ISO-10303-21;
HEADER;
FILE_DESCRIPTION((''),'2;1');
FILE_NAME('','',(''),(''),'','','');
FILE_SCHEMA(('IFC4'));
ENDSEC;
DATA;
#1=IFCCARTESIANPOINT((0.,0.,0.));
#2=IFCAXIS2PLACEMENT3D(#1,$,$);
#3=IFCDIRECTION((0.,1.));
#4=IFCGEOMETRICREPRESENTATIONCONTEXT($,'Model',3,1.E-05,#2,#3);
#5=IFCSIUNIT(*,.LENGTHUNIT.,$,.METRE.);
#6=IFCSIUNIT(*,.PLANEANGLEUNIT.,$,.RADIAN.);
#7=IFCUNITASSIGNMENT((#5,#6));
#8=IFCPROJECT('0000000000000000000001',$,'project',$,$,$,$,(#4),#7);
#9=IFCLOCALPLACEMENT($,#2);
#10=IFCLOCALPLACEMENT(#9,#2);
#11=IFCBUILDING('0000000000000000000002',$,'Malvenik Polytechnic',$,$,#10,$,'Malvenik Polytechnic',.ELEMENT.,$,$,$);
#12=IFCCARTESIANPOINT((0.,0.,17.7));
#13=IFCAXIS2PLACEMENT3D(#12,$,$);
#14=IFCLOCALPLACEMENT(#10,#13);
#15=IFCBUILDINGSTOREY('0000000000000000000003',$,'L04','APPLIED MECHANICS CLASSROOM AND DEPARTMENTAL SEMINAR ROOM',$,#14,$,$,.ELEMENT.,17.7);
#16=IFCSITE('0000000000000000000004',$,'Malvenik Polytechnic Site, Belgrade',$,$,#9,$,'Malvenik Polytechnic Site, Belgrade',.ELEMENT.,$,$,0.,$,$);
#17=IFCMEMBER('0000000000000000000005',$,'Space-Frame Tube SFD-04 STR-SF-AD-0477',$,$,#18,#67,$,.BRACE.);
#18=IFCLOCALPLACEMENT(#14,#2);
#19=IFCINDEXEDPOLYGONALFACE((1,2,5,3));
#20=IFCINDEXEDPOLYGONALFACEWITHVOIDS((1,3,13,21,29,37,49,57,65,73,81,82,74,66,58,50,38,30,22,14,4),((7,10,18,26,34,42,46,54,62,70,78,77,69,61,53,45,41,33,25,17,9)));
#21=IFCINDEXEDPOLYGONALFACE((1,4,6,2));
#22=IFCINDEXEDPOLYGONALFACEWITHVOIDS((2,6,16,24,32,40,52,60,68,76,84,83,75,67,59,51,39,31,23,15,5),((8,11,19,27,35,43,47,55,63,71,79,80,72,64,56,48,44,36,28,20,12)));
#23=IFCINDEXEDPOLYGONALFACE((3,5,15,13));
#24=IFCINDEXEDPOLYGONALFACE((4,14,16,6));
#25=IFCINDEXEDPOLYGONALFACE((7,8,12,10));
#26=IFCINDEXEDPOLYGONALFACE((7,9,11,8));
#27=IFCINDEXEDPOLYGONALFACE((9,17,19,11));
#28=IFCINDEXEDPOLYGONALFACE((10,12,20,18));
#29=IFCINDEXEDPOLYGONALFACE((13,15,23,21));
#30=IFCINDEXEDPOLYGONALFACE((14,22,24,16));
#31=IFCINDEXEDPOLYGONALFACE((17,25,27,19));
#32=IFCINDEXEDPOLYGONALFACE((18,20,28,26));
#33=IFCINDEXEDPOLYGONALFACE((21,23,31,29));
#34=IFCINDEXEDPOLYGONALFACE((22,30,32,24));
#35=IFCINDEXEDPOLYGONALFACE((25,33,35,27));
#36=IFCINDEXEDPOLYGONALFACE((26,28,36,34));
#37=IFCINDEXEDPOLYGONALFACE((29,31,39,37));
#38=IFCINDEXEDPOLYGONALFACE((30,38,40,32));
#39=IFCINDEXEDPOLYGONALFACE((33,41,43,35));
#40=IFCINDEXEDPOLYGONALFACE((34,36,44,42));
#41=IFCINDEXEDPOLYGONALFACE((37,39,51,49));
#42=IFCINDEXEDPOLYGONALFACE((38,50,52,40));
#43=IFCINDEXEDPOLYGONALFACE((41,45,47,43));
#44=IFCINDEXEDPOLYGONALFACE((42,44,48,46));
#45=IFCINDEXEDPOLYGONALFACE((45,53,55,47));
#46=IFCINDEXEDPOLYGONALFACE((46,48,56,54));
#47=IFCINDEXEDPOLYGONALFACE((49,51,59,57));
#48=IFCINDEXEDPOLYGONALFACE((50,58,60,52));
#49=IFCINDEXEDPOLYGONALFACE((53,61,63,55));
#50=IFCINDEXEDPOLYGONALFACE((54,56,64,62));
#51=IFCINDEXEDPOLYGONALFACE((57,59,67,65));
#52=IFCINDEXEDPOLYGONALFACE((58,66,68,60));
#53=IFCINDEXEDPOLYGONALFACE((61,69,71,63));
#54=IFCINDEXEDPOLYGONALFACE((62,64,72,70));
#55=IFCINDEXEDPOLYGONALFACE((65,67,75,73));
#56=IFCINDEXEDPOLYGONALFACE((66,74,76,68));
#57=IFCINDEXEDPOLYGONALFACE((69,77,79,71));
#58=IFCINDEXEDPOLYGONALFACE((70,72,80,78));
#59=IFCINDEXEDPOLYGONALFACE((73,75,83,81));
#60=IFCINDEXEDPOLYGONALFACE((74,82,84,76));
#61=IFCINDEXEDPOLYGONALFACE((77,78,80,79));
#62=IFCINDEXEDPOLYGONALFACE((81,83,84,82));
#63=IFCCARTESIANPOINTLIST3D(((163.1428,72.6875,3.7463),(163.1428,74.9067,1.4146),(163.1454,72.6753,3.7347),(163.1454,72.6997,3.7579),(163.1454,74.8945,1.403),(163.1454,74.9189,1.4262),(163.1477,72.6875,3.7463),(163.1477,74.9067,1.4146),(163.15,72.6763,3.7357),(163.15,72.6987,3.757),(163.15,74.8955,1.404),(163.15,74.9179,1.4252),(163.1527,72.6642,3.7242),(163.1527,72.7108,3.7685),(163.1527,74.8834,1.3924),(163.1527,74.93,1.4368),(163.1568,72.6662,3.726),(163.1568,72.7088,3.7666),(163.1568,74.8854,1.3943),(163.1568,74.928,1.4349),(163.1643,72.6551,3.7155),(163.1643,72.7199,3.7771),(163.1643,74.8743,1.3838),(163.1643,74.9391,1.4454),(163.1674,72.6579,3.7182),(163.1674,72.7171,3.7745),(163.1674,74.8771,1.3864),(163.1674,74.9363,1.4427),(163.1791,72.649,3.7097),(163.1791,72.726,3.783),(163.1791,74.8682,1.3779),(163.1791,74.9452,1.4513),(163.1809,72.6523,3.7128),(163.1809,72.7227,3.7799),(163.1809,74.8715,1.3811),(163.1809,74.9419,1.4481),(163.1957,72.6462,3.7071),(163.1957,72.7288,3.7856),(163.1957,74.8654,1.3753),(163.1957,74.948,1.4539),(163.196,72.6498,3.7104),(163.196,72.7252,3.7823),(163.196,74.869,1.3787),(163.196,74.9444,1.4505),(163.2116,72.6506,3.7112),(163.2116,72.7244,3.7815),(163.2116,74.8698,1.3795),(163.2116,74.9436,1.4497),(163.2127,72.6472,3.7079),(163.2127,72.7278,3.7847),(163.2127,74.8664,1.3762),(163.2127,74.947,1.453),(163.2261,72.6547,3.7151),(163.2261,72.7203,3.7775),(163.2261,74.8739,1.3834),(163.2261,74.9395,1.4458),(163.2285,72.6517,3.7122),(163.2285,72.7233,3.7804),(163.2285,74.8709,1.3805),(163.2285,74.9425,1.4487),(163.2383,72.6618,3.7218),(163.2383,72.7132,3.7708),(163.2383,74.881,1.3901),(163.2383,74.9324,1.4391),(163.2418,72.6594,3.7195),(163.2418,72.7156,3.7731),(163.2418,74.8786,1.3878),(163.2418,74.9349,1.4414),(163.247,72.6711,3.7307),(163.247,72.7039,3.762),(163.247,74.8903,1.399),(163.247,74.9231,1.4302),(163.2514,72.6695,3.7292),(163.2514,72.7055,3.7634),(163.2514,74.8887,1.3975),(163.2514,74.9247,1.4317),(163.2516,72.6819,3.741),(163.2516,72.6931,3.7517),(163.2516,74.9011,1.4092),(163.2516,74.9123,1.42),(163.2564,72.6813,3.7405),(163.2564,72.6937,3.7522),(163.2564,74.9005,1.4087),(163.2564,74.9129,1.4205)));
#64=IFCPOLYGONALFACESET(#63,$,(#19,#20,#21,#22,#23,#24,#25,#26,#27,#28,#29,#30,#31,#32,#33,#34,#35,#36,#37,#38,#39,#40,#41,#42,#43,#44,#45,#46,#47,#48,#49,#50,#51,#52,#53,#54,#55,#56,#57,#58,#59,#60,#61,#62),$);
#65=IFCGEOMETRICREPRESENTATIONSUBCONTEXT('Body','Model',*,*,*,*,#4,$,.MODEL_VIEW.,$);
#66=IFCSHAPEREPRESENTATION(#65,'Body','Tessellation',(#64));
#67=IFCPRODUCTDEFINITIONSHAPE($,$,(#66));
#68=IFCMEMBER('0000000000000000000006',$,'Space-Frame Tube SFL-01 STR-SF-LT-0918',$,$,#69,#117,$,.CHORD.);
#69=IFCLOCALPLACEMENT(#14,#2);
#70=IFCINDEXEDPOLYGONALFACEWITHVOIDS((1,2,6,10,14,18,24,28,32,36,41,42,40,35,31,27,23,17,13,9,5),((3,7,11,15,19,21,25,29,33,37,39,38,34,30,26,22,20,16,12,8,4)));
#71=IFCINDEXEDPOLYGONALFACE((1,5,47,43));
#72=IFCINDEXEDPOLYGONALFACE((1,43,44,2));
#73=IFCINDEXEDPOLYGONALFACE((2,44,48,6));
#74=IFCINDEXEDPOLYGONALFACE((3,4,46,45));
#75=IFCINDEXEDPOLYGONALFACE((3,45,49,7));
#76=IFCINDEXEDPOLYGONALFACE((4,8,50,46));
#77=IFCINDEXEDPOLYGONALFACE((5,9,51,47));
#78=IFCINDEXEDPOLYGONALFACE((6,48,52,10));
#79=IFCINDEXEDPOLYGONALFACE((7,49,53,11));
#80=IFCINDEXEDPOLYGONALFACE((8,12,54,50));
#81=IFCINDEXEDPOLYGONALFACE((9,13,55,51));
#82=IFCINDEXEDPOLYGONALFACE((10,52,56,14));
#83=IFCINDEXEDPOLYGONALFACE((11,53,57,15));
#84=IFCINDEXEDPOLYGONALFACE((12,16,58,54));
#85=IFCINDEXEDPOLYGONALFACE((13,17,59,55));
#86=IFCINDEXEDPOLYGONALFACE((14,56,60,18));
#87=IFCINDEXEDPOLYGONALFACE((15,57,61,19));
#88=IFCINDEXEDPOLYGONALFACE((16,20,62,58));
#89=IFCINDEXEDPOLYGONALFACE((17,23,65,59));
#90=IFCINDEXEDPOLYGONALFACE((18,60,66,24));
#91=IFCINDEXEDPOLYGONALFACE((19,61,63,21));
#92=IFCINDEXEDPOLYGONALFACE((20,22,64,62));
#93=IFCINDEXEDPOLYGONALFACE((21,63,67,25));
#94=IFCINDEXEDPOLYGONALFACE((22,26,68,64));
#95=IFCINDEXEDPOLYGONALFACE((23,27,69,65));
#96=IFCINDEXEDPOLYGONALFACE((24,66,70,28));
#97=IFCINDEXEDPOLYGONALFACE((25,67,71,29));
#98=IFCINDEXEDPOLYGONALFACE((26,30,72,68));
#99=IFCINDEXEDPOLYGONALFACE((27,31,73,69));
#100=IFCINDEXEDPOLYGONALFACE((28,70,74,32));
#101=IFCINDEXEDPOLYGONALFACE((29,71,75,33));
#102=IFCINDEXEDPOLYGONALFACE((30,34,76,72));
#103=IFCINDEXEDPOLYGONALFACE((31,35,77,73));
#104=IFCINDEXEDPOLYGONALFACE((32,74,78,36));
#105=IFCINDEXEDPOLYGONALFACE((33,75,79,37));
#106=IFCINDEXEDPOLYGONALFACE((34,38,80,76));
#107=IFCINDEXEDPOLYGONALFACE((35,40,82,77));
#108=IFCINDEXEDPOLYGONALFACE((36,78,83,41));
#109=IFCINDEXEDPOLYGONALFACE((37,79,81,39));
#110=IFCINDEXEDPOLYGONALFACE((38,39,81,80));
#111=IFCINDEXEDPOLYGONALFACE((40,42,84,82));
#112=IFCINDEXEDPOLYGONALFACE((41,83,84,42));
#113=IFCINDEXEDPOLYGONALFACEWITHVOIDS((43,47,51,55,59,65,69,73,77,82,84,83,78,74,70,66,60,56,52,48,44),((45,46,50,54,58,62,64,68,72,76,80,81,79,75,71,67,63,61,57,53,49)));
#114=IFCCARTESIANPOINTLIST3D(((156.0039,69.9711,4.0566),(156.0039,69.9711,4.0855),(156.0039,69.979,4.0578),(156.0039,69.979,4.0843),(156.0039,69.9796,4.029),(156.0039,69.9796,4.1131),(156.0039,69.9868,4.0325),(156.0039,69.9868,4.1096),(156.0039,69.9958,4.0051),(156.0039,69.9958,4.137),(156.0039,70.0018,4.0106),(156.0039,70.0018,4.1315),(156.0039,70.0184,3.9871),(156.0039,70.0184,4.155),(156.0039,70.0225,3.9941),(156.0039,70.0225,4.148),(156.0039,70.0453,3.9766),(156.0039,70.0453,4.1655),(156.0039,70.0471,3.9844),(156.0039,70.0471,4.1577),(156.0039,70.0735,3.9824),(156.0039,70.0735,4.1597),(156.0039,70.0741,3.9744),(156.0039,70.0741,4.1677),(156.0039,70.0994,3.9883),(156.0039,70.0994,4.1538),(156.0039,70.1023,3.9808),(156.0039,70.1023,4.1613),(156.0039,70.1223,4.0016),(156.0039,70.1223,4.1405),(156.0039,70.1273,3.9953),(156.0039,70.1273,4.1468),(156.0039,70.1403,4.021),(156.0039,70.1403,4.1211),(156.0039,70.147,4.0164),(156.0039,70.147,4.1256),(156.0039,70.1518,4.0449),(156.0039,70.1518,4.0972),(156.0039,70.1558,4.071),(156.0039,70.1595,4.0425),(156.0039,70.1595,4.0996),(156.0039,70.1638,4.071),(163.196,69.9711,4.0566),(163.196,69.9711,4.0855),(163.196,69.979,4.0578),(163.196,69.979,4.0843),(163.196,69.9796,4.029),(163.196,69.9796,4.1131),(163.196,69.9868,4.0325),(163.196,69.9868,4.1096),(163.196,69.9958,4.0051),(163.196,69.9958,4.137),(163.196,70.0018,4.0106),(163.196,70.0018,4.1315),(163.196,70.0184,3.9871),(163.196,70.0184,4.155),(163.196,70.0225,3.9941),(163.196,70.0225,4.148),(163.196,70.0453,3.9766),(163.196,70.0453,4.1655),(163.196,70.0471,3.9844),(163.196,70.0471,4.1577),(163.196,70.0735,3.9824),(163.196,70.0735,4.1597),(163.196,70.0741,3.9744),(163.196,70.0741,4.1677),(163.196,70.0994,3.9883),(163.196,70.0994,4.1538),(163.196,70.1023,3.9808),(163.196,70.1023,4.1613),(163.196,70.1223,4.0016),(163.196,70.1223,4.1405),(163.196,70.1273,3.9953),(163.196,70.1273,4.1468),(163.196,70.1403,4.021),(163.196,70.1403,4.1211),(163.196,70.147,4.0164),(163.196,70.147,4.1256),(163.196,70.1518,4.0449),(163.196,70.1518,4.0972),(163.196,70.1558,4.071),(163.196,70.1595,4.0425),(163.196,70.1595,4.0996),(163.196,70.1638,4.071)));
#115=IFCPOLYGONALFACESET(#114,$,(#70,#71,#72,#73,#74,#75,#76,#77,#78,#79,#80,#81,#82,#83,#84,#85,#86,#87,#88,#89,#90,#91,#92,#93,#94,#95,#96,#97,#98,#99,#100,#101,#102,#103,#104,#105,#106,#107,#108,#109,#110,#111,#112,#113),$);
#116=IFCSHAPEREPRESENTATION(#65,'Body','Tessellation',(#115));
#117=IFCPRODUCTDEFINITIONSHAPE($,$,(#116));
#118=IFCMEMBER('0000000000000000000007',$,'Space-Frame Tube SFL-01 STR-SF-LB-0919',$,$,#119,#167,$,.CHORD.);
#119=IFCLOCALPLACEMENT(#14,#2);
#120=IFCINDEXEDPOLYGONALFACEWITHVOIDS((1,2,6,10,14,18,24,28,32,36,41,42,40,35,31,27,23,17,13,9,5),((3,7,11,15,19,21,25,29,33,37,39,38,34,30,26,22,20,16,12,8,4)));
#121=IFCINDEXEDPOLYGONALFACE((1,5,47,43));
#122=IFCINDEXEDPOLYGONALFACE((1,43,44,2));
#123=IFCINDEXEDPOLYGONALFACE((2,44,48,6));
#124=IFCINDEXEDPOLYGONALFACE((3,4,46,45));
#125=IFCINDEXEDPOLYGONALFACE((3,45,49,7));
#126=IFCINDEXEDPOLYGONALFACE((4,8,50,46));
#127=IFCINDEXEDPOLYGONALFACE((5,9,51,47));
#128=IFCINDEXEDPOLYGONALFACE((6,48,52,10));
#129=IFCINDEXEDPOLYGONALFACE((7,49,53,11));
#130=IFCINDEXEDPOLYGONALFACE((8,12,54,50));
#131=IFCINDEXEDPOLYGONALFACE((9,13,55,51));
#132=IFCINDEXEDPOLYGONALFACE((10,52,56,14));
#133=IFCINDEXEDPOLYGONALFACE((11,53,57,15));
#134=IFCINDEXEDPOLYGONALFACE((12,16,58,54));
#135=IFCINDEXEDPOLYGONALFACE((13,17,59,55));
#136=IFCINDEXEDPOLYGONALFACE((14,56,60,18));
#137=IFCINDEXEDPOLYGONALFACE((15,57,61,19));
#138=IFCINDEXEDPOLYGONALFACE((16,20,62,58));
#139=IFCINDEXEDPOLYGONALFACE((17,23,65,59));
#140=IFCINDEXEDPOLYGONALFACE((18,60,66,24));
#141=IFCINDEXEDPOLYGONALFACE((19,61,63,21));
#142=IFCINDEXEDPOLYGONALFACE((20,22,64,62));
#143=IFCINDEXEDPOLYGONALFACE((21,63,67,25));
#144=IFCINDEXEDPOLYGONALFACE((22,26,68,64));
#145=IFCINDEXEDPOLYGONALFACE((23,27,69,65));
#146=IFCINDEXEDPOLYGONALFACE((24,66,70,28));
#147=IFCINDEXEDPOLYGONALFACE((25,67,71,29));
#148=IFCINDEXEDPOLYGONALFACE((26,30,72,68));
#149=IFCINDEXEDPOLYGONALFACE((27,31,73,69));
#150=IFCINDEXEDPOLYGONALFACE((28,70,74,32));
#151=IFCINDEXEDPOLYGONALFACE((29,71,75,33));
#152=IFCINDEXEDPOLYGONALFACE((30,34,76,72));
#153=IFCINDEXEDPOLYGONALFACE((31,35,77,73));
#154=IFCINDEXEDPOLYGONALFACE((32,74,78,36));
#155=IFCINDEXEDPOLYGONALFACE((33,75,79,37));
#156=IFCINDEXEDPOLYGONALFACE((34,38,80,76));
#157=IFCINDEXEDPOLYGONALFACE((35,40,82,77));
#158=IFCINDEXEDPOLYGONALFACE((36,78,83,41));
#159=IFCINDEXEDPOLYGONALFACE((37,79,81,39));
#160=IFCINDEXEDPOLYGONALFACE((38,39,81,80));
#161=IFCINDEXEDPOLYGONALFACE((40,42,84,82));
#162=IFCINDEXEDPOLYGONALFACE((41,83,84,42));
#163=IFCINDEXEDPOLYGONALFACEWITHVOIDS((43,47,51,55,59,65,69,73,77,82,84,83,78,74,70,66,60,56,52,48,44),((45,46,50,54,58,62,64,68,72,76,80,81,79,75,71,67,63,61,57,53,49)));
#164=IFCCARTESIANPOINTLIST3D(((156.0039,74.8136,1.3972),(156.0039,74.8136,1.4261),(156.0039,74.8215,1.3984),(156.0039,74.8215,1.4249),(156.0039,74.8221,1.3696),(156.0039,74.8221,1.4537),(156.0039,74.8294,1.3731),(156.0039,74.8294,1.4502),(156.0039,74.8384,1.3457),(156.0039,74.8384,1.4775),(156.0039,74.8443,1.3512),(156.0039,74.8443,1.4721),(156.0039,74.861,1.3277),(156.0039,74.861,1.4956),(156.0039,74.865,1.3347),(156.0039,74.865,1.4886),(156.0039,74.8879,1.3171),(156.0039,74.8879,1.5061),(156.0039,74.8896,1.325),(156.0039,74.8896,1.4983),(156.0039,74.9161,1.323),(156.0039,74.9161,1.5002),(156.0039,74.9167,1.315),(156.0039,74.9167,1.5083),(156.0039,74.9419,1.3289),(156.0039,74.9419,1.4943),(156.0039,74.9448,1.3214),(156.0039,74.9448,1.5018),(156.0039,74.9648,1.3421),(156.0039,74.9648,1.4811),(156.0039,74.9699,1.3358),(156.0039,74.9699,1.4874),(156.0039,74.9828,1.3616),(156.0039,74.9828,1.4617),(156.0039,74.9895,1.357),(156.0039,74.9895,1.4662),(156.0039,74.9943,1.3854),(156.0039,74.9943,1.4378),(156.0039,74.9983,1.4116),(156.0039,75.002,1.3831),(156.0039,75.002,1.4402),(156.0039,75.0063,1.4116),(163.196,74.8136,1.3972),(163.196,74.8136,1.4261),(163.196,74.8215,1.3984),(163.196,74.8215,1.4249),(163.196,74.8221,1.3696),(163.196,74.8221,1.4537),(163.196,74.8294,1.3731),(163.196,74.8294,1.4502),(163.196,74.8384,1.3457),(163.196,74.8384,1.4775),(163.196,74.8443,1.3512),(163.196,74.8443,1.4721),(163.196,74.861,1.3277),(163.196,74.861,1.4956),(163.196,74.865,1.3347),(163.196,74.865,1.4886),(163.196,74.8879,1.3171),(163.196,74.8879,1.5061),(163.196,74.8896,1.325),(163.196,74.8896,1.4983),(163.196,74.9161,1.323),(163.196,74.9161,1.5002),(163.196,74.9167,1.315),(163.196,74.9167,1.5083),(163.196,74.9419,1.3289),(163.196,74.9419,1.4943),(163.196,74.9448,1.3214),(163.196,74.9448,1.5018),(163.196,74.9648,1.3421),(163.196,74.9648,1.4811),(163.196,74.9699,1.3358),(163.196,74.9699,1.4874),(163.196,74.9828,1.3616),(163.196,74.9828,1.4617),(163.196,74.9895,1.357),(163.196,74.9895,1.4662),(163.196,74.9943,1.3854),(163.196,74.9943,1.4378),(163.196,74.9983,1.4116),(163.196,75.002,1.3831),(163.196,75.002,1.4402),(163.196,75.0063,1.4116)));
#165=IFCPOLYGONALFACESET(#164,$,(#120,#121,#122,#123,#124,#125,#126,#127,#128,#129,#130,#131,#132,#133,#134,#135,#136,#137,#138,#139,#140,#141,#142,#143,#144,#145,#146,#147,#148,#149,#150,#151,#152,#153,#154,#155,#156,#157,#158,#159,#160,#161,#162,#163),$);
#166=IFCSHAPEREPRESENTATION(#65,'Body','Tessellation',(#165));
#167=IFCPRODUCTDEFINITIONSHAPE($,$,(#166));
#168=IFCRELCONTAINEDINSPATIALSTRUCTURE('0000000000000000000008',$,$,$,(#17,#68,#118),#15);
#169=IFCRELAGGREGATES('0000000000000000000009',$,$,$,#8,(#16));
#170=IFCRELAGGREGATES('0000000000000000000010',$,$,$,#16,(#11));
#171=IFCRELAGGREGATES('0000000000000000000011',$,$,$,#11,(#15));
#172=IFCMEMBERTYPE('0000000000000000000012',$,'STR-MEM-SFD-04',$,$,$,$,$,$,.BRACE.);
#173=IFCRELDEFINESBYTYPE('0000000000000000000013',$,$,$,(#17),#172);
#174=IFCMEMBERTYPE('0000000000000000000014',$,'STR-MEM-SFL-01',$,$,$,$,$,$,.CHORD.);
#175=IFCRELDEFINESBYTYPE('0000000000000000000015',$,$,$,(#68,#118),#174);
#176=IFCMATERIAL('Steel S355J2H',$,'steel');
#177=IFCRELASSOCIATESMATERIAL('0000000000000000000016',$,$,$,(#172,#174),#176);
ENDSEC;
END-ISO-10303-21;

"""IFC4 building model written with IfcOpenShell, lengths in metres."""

from ifc_helpers import new_model, si_unit, direction, frame, origin, origin_2d, place, context, subcontext, project, spatial, hollow_circle, extrude, material, material_profile, profile_set, type_object, element, save


model = new_model("IFC4")

# Units and contexts
model_context = context("Model", 3, precision=1e-05, world=origin(), true_north=direction((0.0, 1.0)))
body_context = subcontext(model_context, "Body", "Model", "MODEL_VIEW")
ifc_project = project(units=[si_unit("LENGTHUNIT", "METRE"), si_unit("PLANEANGLEUNIT", "RADIAN")], contexts=[model_context])

# Site, building, storey
site_placement = place(None, origin())
site = spatial("IfcSite", under=ifc_project, at=site_placement, Name="Malvenik Polytechnic Site, Belgrade", LongName="Malvenik Polytechnic Site, Belgrade", CompositionType="ELEMENT", RefElevation=0.0)
building_placement = place(site_placement, origin())
building = spatial("IfcBuilding", under=site, at=building_placement, Name="Malvenik Polytechnic", LongName="Malvenik Polytechnic", CompositionType="ELEMENT")
storey_placement = place(building_placement, frame((0.0, 0.0, 17.7)))
storey = spatial("IfcBuildingStorey", under=building, at=storey_placement, Name="L04", Description="APPLIED MECHANICS CLASSROOM AND DEPARTMENTAL SEMINAR ROOM", CompositionType="ELEMENT", Elevation=17.7)

# Members
ifc_material_1 = material(Name="Steel S355J2H", Category="steel")
ifc_material_profile_1 = material_profile(ifc_material_1, hollow_circle(Radius=0.0571, WallThickness=0.0049, at=origin_2d()), Name="CHS 114.3x5.0")
ifc_profile_set_1 = profile_set([ifc_material_profile_1], Name="Steel S355J2H")
member_type_1 = type_object("IfcMemberType", Name="STR-MEM-SFD-04", PredefinedType="BRACE", material=ifc_profile_set_1)
for number, where, z_axis, x_axis, name in (
    (1, (163.2, 72.6875, 3.7463), (0.0, 0.689409, -0.724372), (-1.0, 0.0, 0.0), "Space-Frame Tube SFD-04 STR-SF-AD-0477"),
):
    element("IfcMember", number, at=place(storey_placement, frame(where, z_axis=z_axis, x_axis=x_axis)), inside=storey, type_object=member_type_1, Name=name, PredefinedType="BRACE", context=body_context, shape_type="SweptSolid", body=[
        extrude(hollow_circle(Radius=0.0571, WallThickness=0.0049, at=origin_2d()), origin(), (0.0, 0.0, 1.0), 3.219),
    ])
ifc_material_profile_2 = material_profile(ifc_material_1, hollow_circle(Radius=0.0969, WallThickness=0.0081, at=origin_2d()), Name="CHS 193.7x8.0")
ifc_profile_set_2 = profile_set([ifc_material_profile_2], Name="Steel S355J2H")
member_type_2 = type_object("IfcMemberType", Name="STR-MEM-SFL-01", PredefinedType="CHORD", material=ifc_profile_set_2)
for number, where, z_axis, x_axis, name in (
    (2, (156.0039, 70.0669, 4.071), (1.0, 0.0, 0.0), (0.0, 1.0, 0.0), "Space-Frame Tube SFL-01 STR-SF-LT-0918"),
    (3, (156.0039, 74.9094, 1.4116), (1.0, 0.0, 0.0), (0.0, 1.0, 0.0), "Space-Frame Tube SFL-01 STR-SF-LB-0919"),
):
    element("IfcMember", number, at=place(storey_placement, frame(where, z_axis=z_axis, x_axis=x_axis)), inside=storey, type_object=member_type_2, Name=name, PredefinedType="CHORD", context=body_context, shape_type="SweptSolid", body=[
        extrude(hollow_circle(Radius=0.0969, WallThickness=0.0081, at=origin_2d()), origin(), (0.0, 0.0, 1.0), 7.1921),
    ])

save(model, "model.ifc")
